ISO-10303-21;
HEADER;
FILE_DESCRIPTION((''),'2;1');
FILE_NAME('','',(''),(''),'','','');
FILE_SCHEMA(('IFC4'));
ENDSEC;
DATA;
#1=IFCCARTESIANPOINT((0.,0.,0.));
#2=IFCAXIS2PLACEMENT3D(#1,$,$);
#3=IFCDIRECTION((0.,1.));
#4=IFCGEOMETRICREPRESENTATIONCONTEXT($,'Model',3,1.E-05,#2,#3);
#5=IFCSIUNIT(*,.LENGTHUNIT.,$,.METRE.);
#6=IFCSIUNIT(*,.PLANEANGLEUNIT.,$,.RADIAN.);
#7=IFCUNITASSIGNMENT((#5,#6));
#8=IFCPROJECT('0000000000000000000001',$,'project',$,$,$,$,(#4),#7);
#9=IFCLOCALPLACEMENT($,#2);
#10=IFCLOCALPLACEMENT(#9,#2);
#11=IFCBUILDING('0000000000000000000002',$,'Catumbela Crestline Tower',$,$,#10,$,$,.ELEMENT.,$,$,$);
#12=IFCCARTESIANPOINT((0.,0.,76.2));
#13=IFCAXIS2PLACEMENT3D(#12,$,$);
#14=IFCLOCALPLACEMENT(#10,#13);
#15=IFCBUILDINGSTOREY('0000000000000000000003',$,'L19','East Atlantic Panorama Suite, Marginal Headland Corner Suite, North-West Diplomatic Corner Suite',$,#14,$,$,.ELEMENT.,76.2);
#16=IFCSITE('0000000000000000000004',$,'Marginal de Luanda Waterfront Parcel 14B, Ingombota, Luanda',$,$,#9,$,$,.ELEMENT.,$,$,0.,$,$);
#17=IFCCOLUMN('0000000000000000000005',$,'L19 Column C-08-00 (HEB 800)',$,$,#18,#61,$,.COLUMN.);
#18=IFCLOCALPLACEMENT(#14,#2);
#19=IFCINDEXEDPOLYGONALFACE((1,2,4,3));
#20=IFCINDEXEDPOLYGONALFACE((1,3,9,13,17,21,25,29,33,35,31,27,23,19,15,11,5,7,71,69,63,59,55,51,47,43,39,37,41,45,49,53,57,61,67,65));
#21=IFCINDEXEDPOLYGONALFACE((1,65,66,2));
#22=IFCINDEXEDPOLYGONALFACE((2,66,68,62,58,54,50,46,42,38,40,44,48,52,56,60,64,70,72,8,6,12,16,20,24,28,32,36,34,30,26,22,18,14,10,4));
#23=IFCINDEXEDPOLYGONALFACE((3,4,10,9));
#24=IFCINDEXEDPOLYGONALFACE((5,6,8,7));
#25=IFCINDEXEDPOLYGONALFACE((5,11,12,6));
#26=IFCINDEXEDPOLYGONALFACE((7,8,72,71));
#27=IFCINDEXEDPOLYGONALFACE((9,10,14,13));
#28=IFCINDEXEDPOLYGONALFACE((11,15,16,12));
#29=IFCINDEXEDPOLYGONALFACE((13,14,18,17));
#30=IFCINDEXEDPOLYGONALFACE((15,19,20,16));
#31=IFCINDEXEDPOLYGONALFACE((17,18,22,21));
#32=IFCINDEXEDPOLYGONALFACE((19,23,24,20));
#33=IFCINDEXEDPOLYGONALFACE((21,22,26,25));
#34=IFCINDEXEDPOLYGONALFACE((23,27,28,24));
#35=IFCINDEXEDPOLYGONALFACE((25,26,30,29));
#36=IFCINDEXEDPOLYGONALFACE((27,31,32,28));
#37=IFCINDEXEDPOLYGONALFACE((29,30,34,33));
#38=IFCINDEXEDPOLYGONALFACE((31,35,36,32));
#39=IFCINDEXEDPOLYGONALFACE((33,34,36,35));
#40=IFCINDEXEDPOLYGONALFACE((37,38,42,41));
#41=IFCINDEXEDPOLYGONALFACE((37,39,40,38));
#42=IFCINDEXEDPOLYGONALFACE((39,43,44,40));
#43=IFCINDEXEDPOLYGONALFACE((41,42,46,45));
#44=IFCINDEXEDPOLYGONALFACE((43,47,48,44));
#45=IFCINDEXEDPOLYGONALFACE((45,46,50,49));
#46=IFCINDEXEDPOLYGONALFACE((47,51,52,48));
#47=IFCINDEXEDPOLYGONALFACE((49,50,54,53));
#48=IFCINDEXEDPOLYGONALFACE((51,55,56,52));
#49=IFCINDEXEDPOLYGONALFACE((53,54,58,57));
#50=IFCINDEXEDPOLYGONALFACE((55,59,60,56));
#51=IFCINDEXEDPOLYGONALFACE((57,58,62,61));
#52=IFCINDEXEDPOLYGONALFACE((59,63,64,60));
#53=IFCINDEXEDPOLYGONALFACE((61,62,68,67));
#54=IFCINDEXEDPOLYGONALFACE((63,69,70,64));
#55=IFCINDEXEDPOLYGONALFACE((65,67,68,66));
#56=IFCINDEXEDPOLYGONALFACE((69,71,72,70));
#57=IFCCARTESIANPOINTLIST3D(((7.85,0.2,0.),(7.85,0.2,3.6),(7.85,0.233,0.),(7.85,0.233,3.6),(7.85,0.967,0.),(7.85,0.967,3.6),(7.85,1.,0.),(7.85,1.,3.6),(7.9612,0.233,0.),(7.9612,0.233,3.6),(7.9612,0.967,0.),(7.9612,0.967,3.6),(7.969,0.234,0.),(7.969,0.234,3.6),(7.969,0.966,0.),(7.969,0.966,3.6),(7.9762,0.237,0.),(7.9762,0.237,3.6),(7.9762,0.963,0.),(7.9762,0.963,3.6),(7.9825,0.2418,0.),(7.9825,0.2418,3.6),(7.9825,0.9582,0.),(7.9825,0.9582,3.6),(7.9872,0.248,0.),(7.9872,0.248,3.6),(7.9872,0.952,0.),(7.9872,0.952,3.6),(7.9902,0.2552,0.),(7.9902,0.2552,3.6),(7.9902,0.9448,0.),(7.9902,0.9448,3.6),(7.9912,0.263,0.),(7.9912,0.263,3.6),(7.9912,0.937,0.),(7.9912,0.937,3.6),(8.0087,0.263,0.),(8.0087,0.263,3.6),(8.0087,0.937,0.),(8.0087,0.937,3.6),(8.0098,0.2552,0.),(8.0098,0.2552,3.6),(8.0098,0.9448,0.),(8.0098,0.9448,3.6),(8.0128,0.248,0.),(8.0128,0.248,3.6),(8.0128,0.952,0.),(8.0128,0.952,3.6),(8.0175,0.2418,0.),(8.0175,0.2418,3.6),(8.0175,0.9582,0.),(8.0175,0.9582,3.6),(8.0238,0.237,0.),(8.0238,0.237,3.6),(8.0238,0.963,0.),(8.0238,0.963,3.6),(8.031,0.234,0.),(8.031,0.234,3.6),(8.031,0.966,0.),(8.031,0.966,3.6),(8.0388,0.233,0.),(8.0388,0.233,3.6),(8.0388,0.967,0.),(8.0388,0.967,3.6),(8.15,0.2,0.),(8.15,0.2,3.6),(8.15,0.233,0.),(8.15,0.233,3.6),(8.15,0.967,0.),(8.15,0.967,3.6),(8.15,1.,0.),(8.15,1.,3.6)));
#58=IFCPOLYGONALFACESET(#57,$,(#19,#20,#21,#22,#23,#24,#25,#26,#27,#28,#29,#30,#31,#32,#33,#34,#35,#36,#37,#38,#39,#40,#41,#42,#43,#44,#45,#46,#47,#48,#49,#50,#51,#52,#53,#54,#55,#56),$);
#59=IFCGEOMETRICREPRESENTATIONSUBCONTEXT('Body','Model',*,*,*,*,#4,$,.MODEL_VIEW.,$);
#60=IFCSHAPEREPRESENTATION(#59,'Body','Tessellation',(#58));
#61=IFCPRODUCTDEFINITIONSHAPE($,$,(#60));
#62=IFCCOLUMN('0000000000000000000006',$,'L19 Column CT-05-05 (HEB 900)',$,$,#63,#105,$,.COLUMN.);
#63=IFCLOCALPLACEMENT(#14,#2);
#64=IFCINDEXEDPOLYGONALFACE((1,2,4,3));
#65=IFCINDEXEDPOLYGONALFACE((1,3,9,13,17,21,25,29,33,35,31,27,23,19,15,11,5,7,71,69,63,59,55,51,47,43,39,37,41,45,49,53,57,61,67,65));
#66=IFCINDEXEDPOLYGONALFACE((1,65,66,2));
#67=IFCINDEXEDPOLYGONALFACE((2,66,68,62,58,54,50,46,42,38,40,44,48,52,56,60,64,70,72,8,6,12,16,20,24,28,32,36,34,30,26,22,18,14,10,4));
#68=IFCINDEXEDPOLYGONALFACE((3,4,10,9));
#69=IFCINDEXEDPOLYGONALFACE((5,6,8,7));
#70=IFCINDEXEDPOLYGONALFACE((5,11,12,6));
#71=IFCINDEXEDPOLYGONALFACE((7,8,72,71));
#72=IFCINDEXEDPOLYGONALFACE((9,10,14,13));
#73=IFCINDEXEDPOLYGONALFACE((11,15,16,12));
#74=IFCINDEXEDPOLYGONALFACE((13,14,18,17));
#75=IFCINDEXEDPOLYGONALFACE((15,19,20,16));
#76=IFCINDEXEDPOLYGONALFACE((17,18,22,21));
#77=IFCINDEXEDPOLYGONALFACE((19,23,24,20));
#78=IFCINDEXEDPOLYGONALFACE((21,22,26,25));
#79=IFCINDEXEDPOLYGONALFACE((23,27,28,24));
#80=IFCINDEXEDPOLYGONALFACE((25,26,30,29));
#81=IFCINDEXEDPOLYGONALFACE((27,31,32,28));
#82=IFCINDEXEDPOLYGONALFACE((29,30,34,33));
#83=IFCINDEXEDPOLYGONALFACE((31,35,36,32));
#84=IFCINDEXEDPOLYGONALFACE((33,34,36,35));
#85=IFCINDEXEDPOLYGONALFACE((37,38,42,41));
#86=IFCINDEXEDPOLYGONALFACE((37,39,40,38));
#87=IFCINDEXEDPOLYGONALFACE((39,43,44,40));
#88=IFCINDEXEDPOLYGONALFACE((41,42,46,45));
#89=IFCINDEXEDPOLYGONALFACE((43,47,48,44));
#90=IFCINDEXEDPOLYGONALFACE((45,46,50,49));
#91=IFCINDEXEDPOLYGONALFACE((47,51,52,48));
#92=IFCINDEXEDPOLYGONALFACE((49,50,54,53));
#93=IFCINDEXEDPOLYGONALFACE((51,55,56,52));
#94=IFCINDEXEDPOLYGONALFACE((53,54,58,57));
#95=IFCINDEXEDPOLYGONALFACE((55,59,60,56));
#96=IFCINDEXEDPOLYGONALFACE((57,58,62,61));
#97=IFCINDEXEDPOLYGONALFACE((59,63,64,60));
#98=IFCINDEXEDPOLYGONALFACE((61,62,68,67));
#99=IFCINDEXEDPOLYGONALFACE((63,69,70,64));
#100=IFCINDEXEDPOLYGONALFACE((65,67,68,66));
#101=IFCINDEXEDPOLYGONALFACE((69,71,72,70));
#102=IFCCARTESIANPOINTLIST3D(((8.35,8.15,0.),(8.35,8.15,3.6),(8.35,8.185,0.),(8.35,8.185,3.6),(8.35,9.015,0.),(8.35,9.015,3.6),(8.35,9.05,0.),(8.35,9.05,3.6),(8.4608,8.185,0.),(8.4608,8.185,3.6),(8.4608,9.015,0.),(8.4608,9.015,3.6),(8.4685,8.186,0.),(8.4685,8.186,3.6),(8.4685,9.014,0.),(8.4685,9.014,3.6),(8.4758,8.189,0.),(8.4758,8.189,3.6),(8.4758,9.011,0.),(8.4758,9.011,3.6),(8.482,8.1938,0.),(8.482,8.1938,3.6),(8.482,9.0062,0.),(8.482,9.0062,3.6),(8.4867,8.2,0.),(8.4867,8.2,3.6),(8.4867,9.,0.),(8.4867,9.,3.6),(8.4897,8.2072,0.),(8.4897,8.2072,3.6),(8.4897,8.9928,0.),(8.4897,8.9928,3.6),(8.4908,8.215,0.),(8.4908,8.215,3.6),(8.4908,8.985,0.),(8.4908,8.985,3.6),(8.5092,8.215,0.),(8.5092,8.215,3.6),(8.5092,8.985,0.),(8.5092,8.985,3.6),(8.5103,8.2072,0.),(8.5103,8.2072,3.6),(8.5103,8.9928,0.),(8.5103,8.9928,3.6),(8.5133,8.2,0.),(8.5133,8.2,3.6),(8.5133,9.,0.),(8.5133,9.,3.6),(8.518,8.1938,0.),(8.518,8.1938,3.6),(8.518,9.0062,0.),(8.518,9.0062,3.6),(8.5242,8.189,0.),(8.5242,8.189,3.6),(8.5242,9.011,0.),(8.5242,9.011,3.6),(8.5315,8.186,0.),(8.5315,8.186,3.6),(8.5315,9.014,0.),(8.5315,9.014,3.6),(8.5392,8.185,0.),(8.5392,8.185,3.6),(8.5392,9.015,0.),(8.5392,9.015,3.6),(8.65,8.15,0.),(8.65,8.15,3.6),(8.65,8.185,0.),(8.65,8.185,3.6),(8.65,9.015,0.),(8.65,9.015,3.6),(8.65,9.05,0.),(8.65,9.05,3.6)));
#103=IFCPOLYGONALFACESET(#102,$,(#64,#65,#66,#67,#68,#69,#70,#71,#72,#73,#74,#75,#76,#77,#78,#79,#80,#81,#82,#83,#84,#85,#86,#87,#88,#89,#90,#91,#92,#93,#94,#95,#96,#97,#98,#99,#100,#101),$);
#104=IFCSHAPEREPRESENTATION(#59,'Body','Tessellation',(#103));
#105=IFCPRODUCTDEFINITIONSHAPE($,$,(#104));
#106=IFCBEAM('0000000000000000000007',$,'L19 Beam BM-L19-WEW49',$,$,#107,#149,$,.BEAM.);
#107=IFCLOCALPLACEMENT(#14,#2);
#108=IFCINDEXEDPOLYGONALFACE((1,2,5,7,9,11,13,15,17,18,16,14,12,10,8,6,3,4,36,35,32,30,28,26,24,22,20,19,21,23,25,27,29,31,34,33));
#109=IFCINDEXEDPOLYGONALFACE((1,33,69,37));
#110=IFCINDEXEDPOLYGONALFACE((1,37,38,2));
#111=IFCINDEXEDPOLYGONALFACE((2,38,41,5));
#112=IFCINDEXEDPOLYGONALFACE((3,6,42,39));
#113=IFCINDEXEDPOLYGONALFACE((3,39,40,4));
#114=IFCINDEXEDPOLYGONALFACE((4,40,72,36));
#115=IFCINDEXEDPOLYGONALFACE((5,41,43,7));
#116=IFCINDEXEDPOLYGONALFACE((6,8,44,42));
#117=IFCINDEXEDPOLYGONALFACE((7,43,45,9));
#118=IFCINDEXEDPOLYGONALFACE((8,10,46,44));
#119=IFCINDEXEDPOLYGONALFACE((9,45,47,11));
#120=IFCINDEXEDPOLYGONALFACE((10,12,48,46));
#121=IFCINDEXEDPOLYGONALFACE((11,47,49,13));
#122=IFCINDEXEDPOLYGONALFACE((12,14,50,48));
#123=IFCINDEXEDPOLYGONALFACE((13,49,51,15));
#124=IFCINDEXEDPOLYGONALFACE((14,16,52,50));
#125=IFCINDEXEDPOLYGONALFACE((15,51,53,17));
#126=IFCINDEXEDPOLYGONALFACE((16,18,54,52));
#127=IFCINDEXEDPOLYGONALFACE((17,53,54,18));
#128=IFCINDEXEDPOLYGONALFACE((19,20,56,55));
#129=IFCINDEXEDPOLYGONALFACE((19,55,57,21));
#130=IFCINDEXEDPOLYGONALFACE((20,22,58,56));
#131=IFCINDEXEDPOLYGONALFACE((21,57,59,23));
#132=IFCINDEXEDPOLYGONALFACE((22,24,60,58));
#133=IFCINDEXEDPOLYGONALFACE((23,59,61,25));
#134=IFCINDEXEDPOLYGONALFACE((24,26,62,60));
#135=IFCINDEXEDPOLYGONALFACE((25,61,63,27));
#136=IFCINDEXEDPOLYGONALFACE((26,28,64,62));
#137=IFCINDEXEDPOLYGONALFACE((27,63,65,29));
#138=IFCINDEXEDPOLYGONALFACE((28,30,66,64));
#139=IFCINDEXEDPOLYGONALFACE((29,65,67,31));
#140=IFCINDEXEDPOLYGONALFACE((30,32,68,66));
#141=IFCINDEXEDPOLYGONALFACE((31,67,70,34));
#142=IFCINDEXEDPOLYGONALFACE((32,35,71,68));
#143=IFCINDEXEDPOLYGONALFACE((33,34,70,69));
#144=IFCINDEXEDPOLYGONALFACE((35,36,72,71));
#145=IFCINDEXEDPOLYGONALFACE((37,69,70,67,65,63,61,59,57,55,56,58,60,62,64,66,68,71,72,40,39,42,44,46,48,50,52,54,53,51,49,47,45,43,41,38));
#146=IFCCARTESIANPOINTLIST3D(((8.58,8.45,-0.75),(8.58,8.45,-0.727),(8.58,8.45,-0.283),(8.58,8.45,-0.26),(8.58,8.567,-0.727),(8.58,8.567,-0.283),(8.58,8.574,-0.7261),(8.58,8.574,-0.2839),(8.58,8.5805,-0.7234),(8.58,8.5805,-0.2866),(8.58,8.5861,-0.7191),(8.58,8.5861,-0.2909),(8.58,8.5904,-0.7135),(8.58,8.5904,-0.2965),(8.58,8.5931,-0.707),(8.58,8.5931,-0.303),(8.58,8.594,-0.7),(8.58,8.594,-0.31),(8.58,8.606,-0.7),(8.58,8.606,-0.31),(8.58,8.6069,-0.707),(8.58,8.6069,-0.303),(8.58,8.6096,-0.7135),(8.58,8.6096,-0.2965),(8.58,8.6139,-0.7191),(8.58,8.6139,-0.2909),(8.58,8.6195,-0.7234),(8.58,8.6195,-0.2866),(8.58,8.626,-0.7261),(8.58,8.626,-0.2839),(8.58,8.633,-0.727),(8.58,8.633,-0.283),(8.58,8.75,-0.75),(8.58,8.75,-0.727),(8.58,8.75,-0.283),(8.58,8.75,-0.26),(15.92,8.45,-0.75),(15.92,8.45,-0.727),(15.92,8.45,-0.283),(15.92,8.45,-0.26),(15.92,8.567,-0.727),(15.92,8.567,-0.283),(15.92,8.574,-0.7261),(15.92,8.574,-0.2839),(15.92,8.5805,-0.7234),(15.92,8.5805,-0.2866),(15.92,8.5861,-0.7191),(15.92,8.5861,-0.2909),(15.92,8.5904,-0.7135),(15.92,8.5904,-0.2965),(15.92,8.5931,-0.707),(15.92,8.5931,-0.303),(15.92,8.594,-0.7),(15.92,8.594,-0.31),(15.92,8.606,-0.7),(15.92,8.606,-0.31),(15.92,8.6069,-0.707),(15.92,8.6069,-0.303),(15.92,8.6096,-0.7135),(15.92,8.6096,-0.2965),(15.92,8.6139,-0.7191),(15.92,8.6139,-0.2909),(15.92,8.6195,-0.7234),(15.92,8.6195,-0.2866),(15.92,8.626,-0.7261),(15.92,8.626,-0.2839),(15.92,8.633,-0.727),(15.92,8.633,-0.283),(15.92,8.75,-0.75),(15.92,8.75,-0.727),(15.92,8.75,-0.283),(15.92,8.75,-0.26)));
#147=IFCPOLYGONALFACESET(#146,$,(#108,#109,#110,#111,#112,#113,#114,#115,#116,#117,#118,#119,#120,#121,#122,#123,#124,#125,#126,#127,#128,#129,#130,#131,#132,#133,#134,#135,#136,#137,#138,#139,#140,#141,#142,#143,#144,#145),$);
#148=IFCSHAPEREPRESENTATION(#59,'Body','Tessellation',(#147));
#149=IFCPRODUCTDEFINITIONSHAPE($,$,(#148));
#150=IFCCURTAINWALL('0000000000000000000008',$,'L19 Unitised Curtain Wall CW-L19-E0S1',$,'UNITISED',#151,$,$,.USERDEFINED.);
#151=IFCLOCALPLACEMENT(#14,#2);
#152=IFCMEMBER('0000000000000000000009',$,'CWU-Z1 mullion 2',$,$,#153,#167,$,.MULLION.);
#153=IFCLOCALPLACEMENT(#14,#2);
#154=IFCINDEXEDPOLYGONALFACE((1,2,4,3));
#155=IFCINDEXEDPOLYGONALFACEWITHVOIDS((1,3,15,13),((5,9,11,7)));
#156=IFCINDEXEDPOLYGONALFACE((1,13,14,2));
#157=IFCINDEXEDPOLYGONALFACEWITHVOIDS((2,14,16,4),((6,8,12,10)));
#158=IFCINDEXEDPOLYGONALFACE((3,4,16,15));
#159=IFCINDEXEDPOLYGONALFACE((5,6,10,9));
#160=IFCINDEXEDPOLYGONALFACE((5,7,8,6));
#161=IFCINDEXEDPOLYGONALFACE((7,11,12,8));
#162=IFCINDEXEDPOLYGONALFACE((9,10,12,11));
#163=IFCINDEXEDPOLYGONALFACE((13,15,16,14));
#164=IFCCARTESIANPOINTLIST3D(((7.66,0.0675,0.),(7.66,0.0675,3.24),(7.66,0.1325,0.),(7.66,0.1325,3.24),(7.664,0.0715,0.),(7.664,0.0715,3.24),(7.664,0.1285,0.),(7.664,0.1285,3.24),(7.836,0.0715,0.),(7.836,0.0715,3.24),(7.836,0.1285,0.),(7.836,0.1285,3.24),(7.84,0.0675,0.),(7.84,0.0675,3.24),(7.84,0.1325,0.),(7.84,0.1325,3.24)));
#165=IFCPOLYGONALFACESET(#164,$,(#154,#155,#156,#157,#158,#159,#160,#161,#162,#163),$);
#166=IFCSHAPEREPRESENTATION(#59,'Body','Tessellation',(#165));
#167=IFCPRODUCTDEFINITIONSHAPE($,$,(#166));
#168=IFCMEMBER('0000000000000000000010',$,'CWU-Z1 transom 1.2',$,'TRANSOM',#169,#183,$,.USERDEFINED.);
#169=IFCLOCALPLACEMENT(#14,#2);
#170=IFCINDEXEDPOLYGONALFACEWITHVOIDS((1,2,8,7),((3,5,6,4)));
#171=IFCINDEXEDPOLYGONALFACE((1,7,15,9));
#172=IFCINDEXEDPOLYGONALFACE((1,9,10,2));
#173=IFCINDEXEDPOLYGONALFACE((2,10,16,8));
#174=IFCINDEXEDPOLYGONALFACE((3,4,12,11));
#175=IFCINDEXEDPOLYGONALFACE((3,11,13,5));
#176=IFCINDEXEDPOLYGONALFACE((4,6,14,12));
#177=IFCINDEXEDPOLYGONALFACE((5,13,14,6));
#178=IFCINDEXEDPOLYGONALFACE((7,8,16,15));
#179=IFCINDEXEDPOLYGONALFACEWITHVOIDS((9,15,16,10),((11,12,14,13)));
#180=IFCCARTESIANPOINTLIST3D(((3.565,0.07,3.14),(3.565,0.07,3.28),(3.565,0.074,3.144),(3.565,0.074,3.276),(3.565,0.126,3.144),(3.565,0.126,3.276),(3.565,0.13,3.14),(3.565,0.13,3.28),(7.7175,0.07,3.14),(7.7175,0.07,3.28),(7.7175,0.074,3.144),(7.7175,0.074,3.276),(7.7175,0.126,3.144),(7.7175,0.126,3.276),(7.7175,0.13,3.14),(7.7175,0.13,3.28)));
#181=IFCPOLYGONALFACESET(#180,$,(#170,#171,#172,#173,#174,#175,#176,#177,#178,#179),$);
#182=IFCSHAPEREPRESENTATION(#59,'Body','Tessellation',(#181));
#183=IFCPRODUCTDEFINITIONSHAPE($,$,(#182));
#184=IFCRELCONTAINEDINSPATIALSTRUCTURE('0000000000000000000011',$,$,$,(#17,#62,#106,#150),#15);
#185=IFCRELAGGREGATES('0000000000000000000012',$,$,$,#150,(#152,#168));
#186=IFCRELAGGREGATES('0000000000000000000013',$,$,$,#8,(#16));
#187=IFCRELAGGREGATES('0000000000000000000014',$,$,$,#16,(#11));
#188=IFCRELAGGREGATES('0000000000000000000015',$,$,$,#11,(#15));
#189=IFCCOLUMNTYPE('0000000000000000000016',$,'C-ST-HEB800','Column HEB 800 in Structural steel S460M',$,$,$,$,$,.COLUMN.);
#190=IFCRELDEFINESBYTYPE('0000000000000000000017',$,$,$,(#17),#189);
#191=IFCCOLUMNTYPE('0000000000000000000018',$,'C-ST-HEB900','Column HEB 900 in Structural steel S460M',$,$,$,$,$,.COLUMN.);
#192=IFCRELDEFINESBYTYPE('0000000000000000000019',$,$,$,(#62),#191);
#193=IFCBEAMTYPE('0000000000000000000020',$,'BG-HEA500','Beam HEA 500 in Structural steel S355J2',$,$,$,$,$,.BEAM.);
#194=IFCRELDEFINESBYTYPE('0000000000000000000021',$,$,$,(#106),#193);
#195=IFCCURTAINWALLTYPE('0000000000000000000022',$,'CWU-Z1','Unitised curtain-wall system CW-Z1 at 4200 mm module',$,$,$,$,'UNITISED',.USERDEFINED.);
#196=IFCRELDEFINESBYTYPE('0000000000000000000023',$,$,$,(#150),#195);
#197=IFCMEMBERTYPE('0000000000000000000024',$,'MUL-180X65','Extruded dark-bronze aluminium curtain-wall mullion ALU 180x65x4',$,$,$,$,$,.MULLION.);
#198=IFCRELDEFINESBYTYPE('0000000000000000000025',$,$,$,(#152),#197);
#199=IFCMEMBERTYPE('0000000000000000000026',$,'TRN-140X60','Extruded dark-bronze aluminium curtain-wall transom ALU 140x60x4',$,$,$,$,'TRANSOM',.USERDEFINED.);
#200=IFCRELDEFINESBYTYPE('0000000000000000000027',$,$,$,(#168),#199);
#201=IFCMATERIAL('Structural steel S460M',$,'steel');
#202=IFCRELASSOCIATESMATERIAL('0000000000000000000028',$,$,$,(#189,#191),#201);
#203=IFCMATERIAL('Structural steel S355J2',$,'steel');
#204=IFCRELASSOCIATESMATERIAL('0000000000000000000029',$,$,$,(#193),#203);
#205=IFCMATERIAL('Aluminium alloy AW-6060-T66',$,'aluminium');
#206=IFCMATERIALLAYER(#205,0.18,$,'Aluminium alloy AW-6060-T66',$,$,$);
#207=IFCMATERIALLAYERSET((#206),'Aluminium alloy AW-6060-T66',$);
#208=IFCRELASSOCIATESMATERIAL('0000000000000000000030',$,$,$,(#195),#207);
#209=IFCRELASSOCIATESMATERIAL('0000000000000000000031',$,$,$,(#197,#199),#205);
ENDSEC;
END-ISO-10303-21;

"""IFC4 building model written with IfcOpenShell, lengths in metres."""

from ifc_helpers import new_model, si_unit, direction, frame, origin, origin_2d, place, context, subcontext, project, spatial, hollow_rectangle, i_section, extrude, material, layer, layer_set, material_profile, profile_set, type_object, element, aggregate, save


model = new_model("IFC4")

# Units and contexts
model_context = context("Model", 3, precision=1e-05, world=origin(), true_north=direction((0.0, 1.0)))
body_context = subcontext(model_context, "Body", "Model", "MODEL_VIEW")
ifc_project = project(units=[si_unit("LENGTHUNIT", "METRE"), si_unit("PLANEANGLEUNIT", "RADIAN")], contexts=[model_context])

# Site, building, storey
site_placement = place(None, origin())
site = spatial("IfcSite", under=ifc_project, at=site_placement, Name="Marginal de Luanda Waterfront Parcel 14B, Ingombota, Luanda", CompositionType="ELEMENT", RefElevation=0.0)
building_placement = place(site_placement, origin())
building = spatial("IfcBuilding", under=site, at=building_placement, Name="Catumbela Crestline Tower", CompositionType="ELEMENT")
storey_placement = place(building_placement, frame((0.0, 0.0, 76.2)))
storey = spatial("IfcBuildingStorey", under=building, at=storey_placement, Name="L19", Description="East Atlantic Panorama Suite, Marginal Headland Corner Suite, North-West Diplomatic Corner Suite", CompositionType="ELEMENT", Elevation=76.2)

# Columns
ifc_material_1 = material(Name="Structural steel S460M", Category="steel")
ifc_material_profile_1 = material_profile(ifc_material_1, i_section(OverallWidth=0.3, OverallDepth=0.8, WebThickness=0.0175, FlangeThickness=0.033, FilletRadius=0.03, at=origin_2d()), Name="HEB 800")
ifc_profile_set_1 = profile_set([ifc_material_profile_1], Name="Structural steel S460M")
column_type_1 = type_object("IfcColumnType", Name="C-ST-HEB800", Description="Column HEB 800 in Structural steel S460M", PredefinedType="COLUMN", material=ifc_profile_set_1)
column_1_placement = place(storey_placement, frame((8.0, 0.6, 0.0), z_axis=(0.0, 0.0, 1.0), x_axis=(1.0, 0.0, 0.0)))
element("IfcColumn", 1, at=column_1_placement, inside=storey, type_object=column_type_1, Name="L19 Column C-08-00 (HEB 800)", PredefinedType="COLUMN", context=body_context, shape_type="SweptSolid", body=[
    extrude(i_section(OverallWidth=0.3, OverallDepth=0.8, WebThickness=0.0175, FlangeThickness=0.033, FilletRadius=0.03, at=origin_2d()), origin(), (0.0, 0.0, 1.0), 3.6),
])
ifc_material_profile_2 = material_profile(ifc_material_1, i_section(OverallWidth=0.3, OverallDepth=0.9, WebThickness=0.0185, FlangeThickness=0.035, FilletRadius=0.03, at=origin_2d()), Name="HEB 900")
ifc_profile_set_2 = profile_set([ifc_material_profile_2], Name="Structural steel S460M")
column_type_2 = type_object("IfcColumnType", Name="C-ST-HEB900", Description="Column HEB 900 in Structural steel S460M", PredefinedType="COLUMN", material=ifc_profile_set_2)
column_2_placement = place(storey_placement, frame((8.5, 8.6, 0.0), z_axis=(0.0, 0.0, 1.0), x_axis=(1.0, 0.0, 0.0)))
element("IfcColumn", 2, at=column_2_placement, inside=storey, type_object=column_type_2, Name="L19 Column CT-05-05 (HEB 900)", PredefinedType="COLUMN", context=body_context, shape_type="SweptSolid", body=[
    extrude(i_section(OverallWidth=0.3, OverallDepth=0.9, WebThickness=0.0185, FlangeThickness=0.035, FilletRadius=0.03, at=origin_2d()), origin(), (0.0, 0.0, 1.0), 3.6),
])

# Beam
ifc_material_2 = material(Name="Structural steel S355J2", Category="steel")
ifc_material_profile_3 = material_profile(ifc_material_2, i_section(OverallWidth=0.3, OverallDepth=0.49, WebThickness=0.012, FlangeThickness=0.023, FilletRadius=0.027, at=origin_2d()), Name="HEA 500")
ifc_profile_set_3 = profile_set([ifc_material_profile_3], Name="Structural steel S355J2")
beam_type = type_object("IfcBeamType", Name="BG-HEA500", Description="Beam HEA 500 in Structural steel S355J2", PredefinedType="BEAM", material=ifc_profile_set_3)
beam_placement = place(storey_placement, frame((8.58, 8.6, -0.505), z_axis=(1.0, 0.0, 0.0), x_axis=(0.0, 1.0, 0.0)))
element("IfcBeam", 3, at=beam_placement, inside=storey, type_object=beam_type, Name="L19 Beam BM-L19-WEW49", PredefinedType="BEAM", context=body_context, shape_type="SweptSolid", body=[
    extrude(i_section(OverallWidth=0.3, OverallDepth=0.49, WebThickness=0.012, FlangeThickness=0.023, FilletRadius=0.027, at=origin_2d()), origin(), (0.0, 0.0, 1.0), 7.34),
])

# Curtain wall, members
ifc_material_3 = material(Name="Aluminium alloy AW-6060-T66", Category="aluminium")
ifc_layer_1 = layer(ifc_material_3, 0.18, Name="Aluminium alloy AW-6060-T66")
ifc_layer_set_1 = layer_set([ifc_layer_1], Name="Aluminium alloy AW-6060-T66")
curtain_wall_type = type_object("IfcCurtainWallType", Name="CWU-Z1", Description="Unitised curtain-wall system CW-Z1 at 4200 mm module", ElementType="UNITISED", PredefinedType="USERDEFINED", material=ifc_layer_set_1)
curtain_wall_placement = place(storey_placement, origin())
curtain_wall = element("IfcCurtainWall", 4, at=curtain_wall_placement, inside=storey, type_object=curtain_wall_type, Name="L19 Unitised Curtain Wall CW-L19-E0S1", ObjectType="UNITISED", PredefinedType="USERDEFINED")
ifc_material_profile_4 = material_profile(ifc_material_3, hollow_rectangle(XDim=0.065, YDim=0.18, WallThickness=0.004, at=origin_2d()), Name="ALU 180x65x4")
ifc_profile_set_4 = profile_set([ifc_material_profile_4], Name="Aluminium alloy AW-6060-T66")
member_type_1 = type_object("IfcMemberType", Name="MUL-180X65", Description="Extruded dark-bronze aluminium curtain-wall mullion ALU 180x65x4", PredefinedType="MULLION", material=ifc_profile_set_4)
member_1_placement = place(storey_placement, frame((7.75, 0.1, 0.0), z_axis=(0.0, 0.0, 1.0), x_axis=(0.0, 1.0, 0.0)))
member_1 = element("IfcMember", 5, at=member_1_placement, type_object=member_type_1, Name="CWU-Z1 mullion 2", PredefinedType="MULLION", context=body_context, shape_type="SweptSolid", body=[
    extrude(hollow_rectangle(XDim=0.065, YDim=0.18, WallThickness=0.004, at=origin_2d()), origin(), (0.0, 0.0, 1.0), 3.24),
])
ifc_material_profile_5 = material_profile(ifc_material_3, hollow_rectangle(XDim=0.06, YDim=0.14, WallThickness=0.004, at=origin_2d()), Name="ALU 140x60x4")
ifc_profile_set_5 = profile_set([ifc_material_profile_5], Name="Aluminium alloy AW-6060-T66")
member_type_2 = type_object("IfcMemberType", Name="TRN-140X60", Description="Extruded dark-bronze aluminium curtain-wall transom ALU 140x60x4", ElementType="TRANSOM", PredefinedType="USERDEFINED", material=ifc_profile_set_5)
member_2_placement = place(storey_placement, frame((3.565, 0.1, 3.21), z_axis=(1.0, 0.0, 0.0), x_axis=(0.0, 1.0, 0.0)))
member_2 = element("IfcMember", 6, at=member_2_placement, type_object=member_type_2, Name="CWU-Z1 transom 1.2", ObjectType="TRANSOM", PredefinedType="USERDEFINED", context=body_context, shape_type="SweptSolid", body=[
    extrude(hollow_rectangle(XDim=0.06, YDim=0.14, WallThickness=0.004, at=origin_2d()), origin(), (0.0, 0.0, 1.0), 4.1525),
])
aggregate(curtain_wall, [member_1, member_2])

save(model, "model.ifc")
